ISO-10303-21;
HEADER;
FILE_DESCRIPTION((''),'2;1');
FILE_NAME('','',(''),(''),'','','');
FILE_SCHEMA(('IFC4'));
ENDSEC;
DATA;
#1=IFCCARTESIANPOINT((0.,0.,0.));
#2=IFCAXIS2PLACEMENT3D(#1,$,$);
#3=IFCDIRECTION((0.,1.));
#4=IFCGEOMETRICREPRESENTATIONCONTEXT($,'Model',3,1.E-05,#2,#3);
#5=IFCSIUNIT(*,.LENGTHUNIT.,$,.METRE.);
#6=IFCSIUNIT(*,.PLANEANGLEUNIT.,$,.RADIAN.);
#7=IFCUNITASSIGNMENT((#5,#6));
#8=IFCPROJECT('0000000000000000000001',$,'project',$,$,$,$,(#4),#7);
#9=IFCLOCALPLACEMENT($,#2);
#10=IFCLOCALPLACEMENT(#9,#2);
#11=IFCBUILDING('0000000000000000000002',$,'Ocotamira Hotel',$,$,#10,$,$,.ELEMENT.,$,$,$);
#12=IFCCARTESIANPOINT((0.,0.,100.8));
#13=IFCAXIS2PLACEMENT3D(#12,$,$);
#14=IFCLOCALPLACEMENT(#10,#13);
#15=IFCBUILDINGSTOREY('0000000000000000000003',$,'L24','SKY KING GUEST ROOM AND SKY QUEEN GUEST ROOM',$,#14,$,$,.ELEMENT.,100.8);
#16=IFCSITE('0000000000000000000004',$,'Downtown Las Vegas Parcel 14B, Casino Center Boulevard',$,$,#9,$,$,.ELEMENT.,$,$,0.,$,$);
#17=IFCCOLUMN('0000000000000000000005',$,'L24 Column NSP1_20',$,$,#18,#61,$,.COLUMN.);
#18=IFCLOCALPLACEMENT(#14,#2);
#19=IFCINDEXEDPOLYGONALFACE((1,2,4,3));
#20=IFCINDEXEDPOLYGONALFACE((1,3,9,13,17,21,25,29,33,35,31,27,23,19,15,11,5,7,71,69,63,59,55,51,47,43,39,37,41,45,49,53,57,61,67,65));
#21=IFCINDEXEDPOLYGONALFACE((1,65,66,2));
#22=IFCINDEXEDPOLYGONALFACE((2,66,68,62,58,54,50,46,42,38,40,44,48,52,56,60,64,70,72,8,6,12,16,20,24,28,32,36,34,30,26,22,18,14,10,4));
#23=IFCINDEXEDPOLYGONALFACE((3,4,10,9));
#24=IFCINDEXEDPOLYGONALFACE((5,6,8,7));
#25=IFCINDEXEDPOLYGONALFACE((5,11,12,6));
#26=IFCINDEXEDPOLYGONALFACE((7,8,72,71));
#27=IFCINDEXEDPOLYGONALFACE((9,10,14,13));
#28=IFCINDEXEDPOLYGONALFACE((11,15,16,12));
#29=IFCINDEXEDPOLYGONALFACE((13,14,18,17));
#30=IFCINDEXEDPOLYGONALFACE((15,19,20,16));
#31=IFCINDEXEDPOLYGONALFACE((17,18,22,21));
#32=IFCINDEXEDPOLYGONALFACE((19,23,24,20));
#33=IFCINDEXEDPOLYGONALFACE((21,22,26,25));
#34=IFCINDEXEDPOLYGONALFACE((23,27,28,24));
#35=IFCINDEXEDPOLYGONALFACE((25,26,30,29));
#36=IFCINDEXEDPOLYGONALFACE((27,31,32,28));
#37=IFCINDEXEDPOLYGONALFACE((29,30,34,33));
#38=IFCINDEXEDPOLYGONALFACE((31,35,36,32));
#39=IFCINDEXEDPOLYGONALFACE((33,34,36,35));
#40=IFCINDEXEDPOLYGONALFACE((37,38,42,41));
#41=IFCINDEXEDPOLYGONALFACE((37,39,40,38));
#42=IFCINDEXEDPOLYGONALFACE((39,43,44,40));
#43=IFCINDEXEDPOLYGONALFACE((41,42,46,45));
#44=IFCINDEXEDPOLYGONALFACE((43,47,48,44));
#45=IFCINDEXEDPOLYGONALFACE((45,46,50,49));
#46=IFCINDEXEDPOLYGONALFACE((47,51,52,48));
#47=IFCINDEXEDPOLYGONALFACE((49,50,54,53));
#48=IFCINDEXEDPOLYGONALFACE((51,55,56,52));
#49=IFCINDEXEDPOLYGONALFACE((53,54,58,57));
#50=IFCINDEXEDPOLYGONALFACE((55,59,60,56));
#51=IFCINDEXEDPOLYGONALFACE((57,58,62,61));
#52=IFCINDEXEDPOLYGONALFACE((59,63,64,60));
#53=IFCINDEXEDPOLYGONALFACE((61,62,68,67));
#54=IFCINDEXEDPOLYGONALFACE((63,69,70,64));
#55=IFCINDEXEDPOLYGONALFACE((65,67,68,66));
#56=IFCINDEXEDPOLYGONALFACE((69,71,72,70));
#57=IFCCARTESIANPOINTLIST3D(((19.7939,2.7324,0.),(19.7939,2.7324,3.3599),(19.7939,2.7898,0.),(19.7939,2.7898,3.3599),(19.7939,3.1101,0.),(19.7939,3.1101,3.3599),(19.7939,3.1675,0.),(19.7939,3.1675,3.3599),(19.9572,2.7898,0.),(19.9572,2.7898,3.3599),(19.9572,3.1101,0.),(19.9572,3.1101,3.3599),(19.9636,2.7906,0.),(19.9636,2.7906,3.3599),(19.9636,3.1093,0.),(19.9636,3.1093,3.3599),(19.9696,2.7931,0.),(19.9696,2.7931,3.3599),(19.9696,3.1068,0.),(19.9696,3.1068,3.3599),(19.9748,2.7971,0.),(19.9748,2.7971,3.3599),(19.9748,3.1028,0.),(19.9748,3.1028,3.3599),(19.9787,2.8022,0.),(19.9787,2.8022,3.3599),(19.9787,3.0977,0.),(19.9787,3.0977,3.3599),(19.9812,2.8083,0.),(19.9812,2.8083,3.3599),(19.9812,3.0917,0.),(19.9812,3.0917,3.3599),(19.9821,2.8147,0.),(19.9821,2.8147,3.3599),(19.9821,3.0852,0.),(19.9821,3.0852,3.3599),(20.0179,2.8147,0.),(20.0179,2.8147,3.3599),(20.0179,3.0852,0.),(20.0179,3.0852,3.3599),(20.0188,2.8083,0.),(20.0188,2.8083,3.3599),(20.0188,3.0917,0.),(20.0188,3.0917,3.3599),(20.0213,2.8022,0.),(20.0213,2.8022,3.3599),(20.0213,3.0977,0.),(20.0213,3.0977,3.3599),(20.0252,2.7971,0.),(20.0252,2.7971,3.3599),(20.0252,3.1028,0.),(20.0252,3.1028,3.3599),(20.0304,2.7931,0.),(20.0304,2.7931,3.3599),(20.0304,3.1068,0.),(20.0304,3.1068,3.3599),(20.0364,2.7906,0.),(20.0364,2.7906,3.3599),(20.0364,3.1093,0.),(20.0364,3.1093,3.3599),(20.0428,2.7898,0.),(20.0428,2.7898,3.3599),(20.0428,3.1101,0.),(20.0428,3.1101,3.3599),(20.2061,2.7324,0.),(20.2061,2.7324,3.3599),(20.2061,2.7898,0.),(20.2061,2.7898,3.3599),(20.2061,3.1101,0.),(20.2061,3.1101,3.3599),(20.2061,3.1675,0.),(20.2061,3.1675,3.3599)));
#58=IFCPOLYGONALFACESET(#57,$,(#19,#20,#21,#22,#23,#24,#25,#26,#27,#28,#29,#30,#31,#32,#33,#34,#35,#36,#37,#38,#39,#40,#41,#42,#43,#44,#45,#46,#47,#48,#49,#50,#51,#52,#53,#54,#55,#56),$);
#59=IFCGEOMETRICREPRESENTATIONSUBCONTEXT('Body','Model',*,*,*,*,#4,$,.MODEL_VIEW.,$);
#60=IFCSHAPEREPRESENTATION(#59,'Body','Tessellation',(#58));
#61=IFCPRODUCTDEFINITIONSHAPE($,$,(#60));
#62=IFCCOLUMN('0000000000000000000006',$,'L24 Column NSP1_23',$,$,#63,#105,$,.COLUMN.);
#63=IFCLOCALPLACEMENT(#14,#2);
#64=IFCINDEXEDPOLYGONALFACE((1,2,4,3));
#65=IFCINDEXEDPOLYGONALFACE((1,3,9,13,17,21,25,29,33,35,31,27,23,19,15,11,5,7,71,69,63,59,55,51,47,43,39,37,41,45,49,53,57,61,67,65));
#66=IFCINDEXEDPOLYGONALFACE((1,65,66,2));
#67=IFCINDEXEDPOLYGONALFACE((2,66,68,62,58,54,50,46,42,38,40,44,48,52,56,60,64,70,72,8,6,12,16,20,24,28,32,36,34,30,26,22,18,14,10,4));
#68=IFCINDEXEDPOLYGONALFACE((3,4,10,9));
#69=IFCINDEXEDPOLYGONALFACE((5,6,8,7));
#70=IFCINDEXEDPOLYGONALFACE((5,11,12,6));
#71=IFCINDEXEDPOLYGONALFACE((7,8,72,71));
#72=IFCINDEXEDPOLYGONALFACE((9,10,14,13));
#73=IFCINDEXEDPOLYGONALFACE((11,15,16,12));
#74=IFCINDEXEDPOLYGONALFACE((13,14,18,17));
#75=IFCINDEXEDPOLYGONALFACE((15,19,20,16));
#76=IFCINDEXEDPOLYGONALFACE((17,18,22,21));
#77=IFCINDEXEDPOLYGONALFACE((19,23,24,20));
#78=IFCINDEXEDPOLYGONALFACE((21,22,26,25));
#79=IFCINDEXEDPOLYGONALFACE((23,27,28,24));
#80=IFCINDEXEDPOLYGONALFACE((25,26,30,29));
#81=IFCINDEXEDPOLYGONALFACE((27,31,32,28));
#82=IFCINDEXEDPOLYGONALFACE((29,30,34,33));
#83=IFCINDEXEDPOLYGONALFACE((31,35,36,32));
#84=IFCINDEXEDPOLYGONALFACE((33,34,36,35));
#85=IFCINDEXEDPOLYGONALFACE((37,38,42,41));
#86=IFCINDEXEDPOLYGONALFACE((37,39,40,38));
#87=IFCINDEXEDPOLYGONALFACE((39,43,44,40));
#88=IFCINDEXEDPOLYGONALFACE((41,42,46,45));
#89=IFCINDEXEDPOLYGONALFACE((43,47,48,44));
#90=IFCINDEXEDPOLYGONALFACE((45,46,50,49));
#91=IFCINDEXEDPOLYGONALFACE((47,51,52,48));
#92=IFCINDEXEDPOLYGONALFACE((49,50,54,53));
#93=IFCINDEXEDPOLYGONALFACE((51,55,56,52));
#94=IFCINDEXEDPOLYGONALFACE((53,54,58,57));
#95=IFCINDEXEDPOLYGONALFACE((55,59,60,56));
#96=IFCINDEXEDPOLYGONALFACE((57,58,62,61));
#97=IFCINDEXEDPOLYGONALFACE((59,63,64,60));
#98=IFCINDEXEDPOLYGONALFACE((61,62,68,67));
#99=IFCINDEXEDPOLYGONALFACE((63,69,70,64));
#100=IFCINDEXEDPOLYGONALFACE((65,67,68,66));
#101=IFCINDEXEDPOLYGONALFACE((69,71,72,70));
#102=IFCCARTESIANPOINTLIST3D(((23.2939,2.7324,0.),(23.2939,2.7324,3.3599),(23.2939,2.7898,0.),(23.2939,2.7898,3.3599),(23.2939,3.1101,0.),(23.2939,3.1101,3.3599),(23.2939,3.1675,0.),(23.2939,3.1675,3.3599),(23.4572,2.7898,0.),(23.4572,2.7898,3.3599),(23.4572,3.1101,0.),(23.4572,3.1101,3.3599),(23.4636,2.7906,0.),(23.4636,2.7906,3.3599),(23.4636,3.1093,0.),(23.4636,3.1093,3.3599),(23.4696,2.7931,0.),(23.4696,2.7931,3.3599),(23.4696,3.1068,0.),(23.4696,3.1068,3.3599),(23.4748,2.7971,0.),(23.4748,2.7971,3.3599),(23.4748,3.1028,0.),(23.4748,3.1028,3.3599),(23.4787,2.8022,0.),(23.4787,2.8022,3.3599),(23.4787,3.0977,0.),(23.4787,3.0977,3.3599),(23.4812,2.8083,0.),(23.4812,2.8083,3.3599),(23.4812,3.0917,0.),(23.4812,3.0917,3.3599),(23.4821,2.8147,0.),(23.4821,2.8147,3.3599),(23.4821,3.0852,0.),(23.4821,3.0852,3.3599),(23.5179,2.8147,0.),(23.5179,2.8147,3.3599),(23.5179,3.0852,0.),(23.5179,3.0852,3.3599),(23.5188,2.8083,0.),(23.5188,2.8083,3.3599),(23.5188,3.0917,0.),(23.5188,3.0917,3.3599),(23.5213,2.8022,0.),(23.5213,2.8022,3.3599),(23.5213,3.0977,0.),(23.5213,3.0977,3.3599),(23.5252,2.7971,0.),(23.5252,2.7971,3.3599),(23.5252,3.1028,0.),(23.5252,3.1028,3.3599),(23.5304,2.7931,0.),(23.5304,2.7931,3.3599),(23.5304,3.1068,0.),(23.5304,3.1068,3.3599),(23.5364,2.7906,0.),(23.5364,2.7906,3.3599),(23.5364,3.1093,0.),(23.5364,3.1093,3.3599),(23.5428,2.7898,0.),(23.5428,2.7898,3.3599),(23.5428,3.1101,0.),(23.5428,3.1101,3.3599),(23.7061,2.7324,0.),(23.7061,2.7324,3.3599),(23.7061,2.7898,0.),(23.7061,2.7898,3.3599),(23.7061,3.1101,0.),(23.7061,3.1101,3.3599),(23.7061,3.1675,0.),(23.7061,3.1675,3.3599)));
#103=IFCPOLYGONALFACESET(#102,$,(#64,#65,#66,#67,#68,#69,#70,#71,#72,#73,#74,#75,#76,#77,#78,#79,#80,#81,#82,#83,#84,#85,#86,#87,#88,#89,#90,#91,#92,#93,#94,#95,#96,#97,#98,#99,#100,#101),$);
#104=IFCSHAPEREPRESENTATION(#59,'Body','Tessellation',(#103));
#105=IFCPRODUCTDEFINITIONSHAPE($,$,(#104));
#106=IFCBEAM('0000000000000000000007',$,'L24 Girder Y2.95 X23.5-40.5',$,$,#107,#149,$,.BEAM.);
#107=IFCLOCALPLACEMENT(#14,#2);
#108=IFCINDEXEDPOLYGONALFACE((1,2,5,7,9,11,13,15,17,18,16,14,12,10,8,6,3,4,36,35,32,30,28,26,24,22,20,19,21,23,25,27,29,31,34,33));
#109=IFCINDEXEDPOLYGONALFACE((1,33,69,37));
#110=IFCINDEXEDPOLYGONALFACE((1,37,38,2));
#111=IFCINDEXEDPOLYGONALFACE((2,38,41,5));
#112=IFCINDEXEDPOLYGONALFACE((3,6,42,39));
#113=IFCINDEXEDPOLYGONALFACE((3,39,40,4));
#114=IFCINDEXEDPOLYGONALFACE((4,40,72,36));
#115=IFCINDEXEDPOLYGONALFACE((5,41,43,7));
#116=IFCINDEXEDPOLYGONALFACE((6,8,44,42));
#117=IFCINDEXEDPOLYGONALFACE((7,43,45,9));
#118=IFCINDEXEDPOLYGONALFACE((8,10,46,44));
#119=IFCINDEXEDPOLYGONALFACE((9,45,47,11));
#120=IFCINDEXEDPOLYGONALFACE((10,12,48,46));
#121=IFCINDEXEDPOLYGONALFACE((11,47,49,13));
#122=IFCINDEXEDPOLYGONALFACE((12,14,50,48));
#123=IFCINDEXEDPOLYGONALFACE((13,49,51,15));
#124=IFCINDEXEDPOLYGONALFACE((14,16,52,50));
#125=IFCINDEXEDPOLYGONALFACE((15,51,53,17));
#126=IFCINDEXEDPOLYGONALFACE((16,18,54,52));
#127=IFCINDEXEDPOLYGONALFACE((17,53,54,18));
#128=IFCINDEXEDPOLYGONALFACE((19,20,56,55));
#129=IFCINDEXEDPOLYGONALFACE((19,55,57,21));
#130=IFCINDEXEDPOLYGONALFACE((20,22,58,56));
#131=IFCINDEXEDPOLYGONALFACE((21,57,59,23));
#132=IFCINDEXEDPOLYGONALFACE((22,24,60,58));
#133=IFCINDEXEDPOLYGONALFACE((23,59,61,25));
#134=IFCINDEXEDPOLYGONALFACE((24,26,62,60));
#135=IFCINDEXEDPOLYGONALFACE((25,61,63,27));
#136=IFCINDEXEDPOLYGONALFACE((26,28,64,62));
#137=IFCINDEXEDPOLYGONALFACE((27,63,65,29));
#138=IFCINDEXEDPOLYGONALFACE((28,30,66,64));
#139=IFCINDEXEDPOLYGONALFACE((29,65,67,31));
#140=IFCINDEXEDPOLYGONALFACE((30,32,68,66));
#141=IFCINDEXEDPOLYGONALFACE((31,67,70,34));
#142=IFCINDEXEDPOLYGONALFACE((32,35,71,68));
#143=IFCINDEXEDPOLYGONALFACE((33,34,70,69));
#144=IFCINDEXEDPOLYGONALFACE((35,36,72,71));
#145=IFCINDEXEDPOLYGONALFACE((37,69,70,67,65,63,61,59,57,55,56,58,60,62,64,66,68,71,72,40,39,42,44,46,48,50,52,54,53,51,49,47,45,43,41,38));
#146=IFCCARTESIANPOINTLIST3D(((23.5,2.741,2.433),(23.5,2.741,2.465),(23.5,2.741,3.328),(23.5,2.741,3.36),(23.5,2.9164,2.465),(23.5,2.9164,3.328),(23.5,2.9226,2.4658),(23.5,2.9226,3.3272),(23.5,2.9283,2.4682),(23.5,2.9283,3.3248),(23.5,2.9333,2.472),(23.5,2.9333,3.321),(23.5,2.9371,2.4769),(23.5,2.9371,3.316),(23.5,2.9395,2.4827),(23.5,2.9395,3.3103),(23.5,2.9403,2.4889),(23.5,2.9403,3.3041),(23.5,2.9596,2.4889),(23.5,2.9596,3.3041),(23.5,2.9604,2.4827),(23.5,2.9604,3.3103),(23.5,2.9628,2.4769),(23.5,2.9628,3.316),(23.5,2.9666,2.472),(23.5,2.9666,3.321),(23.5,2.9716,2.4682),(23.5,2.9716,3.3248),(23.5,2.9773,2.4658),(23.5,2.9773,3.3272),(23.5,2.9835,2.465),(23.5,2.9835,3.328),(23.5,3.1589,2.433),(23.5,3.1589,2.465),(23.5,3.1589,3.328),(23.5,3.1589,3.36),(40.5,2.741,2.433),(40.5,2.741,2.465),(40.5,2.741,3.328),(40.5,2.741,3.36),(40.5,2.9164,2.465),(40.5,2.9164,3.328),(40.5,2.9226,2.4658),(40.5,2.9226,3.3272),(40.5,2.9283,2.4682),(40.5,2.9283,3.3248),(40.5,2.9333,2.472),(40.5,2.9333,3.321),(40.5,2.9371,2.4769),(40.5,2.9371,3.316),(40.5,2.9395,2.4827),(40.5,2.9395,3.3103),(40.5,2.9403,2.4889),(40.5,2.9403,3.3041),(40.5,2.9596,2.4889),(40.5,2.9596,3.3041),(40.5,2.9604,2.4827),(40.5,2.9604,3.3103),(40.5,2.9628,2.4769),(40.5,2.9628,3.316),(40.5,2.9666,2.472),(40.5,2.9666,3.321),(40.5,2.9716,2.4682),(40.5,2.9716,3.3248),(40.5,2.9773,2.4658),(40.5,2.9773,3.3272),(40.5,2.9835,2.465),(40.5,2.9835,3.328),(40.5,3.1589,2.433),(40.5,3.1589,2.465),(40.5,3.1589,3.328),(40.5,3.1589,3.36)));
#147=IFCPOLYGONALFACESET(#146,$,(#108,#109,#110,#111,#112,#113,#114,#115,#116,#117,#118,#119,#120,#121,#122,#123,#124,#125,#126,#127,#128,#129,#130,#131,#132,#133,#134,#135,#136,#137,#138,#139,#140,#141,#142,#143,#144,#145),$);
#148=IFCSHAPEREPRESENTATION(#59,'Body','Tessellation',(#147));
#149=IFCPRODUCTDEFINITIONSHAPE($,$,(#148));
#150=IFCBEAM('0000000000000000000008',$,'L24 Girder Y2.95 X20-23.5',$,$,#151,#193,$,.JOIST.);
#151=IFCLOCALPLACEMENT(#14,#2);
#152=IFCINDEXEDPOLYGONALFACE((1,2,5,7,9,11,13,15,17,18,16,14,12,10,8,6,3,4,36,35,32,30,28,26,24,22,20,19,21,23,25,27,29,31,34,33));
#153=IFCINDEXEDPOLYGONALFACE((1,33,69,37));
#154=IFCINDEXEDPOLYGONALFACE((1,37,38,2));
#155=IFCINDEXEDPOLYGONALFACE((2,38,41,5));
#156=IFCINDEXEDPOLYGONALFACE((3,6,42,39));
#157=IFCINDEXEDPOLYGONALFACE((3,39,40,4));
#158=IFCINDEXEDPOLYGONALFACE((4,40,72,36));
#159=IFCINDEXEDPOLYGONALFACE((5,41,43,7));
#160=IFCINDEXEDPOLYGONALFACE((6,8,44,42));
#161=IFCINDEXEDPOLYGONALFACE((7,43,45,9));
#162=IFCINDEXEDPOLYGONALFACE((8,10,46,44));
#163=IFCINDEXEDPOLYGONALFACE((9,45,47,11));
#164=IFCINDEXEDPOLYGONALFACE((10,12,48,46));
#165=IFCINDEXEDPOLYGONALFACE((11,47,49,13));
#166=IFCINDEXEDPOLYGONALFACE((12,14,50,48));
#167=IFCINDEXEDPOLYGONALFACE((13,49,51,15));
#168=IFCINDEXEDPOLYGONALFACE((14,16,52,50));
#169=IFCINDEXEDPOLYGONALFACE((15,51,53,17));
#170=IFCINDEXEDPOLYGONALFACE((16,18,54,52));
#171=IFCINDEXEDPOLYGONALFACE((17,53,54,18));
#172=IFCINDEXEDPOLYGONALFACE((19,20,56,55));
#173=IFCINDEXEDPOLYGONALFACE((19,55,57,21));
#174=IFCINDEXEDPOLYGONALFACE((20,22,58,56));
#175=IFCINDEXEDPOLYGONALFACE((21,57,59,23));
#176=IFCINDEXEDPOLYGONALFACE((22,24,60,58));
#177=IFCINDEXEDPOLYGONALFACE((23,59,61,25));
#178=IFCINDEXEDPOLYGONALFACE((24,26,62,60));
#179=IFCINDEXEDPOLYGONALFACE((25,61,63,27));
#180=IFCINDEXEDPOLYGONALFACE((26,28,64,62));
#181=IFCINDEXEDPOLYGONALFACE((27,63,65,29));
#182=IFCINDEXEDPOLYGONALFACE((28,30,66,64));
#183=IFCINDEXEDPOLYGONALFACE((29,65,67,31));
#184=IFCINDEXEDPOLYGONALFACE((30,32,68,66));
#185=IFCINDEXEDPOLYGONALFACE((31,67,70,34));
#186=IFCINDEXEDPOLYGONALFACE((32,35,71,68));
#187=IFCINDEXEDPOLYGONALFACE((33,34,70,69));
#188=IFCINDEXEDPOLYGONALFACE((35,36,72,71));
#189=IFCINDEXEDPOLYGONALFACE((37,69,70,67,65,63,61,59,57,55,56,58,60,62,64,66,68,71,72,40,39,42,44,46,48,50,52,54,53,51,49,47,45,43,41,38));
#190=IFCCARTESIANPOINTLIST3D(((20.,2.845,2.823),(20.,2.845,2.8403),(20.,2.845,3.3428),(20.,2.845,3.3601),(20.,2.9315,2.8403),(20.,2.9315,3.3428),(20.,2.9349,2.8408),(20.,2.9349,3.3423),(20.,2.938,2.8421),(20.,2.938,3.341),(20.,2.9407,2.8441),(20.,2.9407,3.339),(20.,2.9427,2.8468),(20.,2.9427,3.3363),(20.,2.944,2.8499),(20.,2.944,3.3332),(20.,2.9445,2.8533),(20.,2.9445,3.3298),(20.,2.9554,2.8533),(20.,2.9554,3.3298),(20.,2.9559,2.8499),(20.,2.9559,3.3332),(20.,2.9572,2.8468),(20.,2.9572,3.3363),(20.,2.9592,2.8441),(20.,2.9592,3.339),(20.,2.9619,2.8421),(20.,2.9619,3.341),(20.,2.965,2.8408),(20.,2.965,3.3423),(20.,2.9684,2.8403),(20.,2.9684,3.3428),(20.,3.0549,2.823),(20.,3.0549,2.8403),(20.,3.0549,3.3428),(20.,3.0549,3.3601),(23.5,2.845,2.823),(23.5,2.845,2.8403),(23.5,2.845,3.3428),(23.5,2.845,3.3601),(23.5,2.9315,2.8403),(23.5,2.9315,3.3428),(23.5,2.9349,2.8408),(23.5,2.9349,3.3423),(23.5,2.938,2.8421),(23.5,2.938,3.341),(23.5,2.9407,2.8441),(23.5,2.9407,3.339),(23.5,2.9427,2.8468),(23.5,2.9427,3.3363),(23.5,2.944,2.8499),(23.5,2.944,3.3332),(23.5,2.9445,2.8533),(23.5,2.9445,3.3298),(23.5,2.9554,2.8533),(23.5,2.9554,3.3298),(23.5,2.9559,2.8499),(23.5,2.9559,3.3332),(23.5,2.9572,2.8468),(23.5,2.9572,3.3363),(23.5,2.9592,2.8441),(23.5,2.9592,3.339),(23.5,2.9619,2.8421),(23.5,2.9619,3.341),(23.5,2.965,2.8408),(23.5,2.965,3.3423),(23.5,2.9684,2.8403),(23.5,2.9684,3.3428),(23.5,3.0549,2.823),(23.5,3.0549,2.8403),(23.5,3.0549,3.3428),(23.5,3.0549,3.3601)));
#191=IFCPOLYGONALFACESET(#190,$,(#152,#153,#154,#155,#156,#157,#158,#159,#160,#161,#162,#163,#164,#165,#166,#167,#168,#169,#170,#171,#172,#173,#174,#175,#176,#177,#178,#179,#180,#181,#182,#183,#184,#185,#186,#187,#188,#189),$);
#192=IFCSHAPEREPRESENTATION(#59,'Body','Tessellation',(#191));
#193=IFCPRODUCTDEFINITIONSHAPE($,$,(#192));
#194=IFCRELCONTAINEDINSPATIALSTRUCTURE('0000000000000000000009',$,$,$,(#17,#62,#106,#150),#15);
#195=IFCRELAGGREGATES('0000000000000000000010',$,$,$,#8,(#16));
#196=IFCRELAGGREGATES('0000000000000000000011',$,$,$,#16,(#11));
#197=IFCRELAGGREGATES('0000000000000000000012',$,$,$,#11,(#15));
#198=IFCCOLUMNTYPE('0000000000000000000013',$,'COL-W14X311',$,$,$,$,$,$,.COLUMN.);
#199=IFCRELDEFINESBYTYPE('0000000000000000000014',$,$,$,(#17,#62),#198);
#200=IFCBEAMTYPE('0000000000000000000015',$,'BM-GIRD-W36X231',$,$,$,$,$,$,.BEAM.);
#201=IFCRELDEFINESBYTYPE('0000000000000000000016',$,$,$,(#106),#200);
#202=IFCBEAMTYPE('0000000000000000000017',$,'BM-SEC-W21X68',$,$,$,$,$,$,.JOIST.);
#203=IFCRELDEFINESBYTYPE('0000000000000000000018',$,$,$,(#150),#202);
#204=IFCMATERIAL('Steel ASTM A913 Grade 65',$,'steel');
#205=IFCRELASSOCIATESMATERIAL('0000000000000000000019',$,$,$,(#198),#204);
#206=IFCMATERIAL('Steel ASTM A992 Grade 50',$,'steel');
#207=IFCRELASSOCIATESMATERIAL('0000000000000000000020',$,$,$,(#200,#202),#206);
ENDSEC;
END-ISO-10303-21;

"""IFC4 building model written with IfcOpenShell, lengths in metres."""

from ifc_helpers import new_model, si_unit, direction, frame, origin, origin_2d, place, context, subcontext, project, spatial, i_section, extrude, source, transform, mapped, material, material_profile, profile_set, type_object, element, save


model = new_model("IFC4")

# Units and contexts
model_context = context("Model", 3, precision=1e-05, world=origin(), true_north=direction((0.0, 1.0)))
body_context = subcontext(model_context, "Body", "Model", "MODEL_VIEW")
ifc_project = project(units=[si_unit("LENGTHUNIT", "METRE"), si_unit("PLANEANGLEUNIT", "RADIAN")], contexts=[model_context])

# Site, building, storey
site_placement = place(None, origin())
site = spatial("IfcSite", under=ifc_project, at=site_placement, Name="Downtown Las Vegas Parcel 14B, Casino Center Boulevard", CompositionType="ELEMENT", RefElevation=0.0)
building_placement = place(site_placement, origin())
building = spatial("IfcBuilding", under=site, at=building_placement, Name="Ocotamira Hotel", CompositionType="ELEMENT")
storey_placement = place(building_placement, frame((0.0, 0.0, 100.8)))
storey = spatial("IfcBuildingStorey", under=building, at=storey_placement, Name="L24", Description="SKY KING GUEST ROOM AND SKY QUEEN GUEST ROOM", CompositionType="ELEMENT", Elevation=100.8)

# Columns
ifc_material_1 = material(Name="Steel ASTM A913 Grade 65", Category="steel")
ifc_material_profile_1 = material_profile(ifc_material_1, i_section(OverallWidth=0.4121, OverallDepth=0.4351, WebThickness=0.0359, FlangeThickness=0.0574, FilletRadius=0.0249, at=origin_2d()), Name="W14X311")
ifc_profile_set_1 = profile_set([ifc_material_profile_1], Name="Steel ASTM A913 Grade 65")
column_type = type_object("IfcColumnType", Name="COL-W14X311", PredefinedType="COLUMN", material=ifc_profile_set_1)
shared_shape_1 = source(origin(), body_context, "Body", "SweptSolid", [
    extrude(i_section(OverallWidth=0.4121, OverallDepth=0.4351, WebThickness=0.0359, FlangeThickness=0.0574, FilletRadius=0.0249, at=origin_2d()), origin(), (0.0, 0.0, 1.0), 3.3599),
])
for number, where, z_axis, x_axis, name in (
    (1, (20.0, 2.95, 0.0), (0.0, 0.0, 1.0), (1.0, 0.0, 0.0), "L24 Column NSP1_20"),
    (2, (23.5, 2.95, 0.0), (0.0, 0.0, 1.0), (1.0, 0.0, 0.0), "L24 Column NSP1_23"),
):
    element("IfcColumn", number, at=place(storey_placement, frame(where, z_axis=z_axis, x_axis=x_axis)), inside=storey, type_object=column_type, Name=name, PredefinedType="COLUMN", context=body_context, shape_type="MappedRepresentation", body=[
        mapped(shared_shape_1, transform((0.0, 0.0, 0.0), scale=1.0)),
    ])

# Beams
ifc_material_2 = material(Name="Steel ASTM A992 Grade 50", Category="steel")
ifc_material_profile_2 = material_profile(ifc_material_2, i_section(OverallWidth=0.418, OverallDepth=0.927, WebThickness=0.0193, FlangeThickness=0.032, FilletRadius=0.0239, at=origin_2d()), Name="W36X231")
ifc_profile_set_2 = profile_set([ifc_material_profile_2], Name="Steel ASTM A992 Grade 50")
beam_type_1 = type_object("IfcBeamType", Name="BM-GIRD-W36X231", PredefinedType="BEAM", material=ifc_profile_set_2)
shared_shape_2 = source(origin(), body_context, "Body", "SweptSolid", [
    extrude(i_section(OverallWidth=0.418, OverallDepth=0.927, WebThickness=0.0193, FlangeThickness=0.032, FilletRadius=0.0239, at=origin_2d()), origin(), (0.0, 0.0, 1.0), 17.0),
])
beam_1_placement = place(storey_placement, frame((23.5, 2.95, 2.8965), z_axis=(1.0, 0.0, 0.0), x_axis=(0.0, 1.0, 0.0)))
element("IfcBeam", 3, at=beam_1_placement, inside=storey, type_object=beam_type_1, Name="L24 Girder Y2.95 X23.5-40.5", PredefinedType="BEAM", context=body_context, shape_type="MappedRepresentation", body=[
    mapped(shared_shape_2, transform((0.0, 0.0, 0.0), scale=1.0)),
])
ifc_material_profile_3 = material_profile(ifc_material_2, i_section(OverallWidth=0.21, OverallDepth=0.5371, WebThickness=0.011, FlangeThickness=0.0173, FilletRadius=0.0129, at=origin_2d()), Name="W21X68")
ifc_profile_set_3 = profile_set([ifc_material_profile_3], Name="Steel ASTM A992 Grade 50")
beam_type_2 = type_object("IfcBeamType", Name="BM-SEC-W21X68", PredefinedType="JOIST", material=ifc_profile_set_3)
shared_shape_3 = source(origin(), body_context, "Body", "SweptSolid", [
    extrude(i_section(OverallWidth=0.21, OverallDepth=0.5371, WebThickness=0.011, FlangeThickness=0.0173, FilletRadius=0.0129, at=origin_2d()), origin(), (0.0, 0.0, 1.0), 3.5),
])
beam_2_placement = place(storey_placement, frame((20.0, 2.95, 3.0916), z_axis=(1.0, 0.0, 0.0), x_axis=(0.0, 1.0, 0.0)))
element("IfcBeam", 4, at=beam_2_placement, inside=storey, type_object=beam_type_2, Name="L24 Girder Y2.95 X20-23.5", PredefinedType="JOIST", context=body_context, shape_type="MappedRepresentation", body=[
    mapped(shared_shape_3, transform((0.0, 0.0, 0.0), scale=1.0)),
])

save(model, "model.ifc")
